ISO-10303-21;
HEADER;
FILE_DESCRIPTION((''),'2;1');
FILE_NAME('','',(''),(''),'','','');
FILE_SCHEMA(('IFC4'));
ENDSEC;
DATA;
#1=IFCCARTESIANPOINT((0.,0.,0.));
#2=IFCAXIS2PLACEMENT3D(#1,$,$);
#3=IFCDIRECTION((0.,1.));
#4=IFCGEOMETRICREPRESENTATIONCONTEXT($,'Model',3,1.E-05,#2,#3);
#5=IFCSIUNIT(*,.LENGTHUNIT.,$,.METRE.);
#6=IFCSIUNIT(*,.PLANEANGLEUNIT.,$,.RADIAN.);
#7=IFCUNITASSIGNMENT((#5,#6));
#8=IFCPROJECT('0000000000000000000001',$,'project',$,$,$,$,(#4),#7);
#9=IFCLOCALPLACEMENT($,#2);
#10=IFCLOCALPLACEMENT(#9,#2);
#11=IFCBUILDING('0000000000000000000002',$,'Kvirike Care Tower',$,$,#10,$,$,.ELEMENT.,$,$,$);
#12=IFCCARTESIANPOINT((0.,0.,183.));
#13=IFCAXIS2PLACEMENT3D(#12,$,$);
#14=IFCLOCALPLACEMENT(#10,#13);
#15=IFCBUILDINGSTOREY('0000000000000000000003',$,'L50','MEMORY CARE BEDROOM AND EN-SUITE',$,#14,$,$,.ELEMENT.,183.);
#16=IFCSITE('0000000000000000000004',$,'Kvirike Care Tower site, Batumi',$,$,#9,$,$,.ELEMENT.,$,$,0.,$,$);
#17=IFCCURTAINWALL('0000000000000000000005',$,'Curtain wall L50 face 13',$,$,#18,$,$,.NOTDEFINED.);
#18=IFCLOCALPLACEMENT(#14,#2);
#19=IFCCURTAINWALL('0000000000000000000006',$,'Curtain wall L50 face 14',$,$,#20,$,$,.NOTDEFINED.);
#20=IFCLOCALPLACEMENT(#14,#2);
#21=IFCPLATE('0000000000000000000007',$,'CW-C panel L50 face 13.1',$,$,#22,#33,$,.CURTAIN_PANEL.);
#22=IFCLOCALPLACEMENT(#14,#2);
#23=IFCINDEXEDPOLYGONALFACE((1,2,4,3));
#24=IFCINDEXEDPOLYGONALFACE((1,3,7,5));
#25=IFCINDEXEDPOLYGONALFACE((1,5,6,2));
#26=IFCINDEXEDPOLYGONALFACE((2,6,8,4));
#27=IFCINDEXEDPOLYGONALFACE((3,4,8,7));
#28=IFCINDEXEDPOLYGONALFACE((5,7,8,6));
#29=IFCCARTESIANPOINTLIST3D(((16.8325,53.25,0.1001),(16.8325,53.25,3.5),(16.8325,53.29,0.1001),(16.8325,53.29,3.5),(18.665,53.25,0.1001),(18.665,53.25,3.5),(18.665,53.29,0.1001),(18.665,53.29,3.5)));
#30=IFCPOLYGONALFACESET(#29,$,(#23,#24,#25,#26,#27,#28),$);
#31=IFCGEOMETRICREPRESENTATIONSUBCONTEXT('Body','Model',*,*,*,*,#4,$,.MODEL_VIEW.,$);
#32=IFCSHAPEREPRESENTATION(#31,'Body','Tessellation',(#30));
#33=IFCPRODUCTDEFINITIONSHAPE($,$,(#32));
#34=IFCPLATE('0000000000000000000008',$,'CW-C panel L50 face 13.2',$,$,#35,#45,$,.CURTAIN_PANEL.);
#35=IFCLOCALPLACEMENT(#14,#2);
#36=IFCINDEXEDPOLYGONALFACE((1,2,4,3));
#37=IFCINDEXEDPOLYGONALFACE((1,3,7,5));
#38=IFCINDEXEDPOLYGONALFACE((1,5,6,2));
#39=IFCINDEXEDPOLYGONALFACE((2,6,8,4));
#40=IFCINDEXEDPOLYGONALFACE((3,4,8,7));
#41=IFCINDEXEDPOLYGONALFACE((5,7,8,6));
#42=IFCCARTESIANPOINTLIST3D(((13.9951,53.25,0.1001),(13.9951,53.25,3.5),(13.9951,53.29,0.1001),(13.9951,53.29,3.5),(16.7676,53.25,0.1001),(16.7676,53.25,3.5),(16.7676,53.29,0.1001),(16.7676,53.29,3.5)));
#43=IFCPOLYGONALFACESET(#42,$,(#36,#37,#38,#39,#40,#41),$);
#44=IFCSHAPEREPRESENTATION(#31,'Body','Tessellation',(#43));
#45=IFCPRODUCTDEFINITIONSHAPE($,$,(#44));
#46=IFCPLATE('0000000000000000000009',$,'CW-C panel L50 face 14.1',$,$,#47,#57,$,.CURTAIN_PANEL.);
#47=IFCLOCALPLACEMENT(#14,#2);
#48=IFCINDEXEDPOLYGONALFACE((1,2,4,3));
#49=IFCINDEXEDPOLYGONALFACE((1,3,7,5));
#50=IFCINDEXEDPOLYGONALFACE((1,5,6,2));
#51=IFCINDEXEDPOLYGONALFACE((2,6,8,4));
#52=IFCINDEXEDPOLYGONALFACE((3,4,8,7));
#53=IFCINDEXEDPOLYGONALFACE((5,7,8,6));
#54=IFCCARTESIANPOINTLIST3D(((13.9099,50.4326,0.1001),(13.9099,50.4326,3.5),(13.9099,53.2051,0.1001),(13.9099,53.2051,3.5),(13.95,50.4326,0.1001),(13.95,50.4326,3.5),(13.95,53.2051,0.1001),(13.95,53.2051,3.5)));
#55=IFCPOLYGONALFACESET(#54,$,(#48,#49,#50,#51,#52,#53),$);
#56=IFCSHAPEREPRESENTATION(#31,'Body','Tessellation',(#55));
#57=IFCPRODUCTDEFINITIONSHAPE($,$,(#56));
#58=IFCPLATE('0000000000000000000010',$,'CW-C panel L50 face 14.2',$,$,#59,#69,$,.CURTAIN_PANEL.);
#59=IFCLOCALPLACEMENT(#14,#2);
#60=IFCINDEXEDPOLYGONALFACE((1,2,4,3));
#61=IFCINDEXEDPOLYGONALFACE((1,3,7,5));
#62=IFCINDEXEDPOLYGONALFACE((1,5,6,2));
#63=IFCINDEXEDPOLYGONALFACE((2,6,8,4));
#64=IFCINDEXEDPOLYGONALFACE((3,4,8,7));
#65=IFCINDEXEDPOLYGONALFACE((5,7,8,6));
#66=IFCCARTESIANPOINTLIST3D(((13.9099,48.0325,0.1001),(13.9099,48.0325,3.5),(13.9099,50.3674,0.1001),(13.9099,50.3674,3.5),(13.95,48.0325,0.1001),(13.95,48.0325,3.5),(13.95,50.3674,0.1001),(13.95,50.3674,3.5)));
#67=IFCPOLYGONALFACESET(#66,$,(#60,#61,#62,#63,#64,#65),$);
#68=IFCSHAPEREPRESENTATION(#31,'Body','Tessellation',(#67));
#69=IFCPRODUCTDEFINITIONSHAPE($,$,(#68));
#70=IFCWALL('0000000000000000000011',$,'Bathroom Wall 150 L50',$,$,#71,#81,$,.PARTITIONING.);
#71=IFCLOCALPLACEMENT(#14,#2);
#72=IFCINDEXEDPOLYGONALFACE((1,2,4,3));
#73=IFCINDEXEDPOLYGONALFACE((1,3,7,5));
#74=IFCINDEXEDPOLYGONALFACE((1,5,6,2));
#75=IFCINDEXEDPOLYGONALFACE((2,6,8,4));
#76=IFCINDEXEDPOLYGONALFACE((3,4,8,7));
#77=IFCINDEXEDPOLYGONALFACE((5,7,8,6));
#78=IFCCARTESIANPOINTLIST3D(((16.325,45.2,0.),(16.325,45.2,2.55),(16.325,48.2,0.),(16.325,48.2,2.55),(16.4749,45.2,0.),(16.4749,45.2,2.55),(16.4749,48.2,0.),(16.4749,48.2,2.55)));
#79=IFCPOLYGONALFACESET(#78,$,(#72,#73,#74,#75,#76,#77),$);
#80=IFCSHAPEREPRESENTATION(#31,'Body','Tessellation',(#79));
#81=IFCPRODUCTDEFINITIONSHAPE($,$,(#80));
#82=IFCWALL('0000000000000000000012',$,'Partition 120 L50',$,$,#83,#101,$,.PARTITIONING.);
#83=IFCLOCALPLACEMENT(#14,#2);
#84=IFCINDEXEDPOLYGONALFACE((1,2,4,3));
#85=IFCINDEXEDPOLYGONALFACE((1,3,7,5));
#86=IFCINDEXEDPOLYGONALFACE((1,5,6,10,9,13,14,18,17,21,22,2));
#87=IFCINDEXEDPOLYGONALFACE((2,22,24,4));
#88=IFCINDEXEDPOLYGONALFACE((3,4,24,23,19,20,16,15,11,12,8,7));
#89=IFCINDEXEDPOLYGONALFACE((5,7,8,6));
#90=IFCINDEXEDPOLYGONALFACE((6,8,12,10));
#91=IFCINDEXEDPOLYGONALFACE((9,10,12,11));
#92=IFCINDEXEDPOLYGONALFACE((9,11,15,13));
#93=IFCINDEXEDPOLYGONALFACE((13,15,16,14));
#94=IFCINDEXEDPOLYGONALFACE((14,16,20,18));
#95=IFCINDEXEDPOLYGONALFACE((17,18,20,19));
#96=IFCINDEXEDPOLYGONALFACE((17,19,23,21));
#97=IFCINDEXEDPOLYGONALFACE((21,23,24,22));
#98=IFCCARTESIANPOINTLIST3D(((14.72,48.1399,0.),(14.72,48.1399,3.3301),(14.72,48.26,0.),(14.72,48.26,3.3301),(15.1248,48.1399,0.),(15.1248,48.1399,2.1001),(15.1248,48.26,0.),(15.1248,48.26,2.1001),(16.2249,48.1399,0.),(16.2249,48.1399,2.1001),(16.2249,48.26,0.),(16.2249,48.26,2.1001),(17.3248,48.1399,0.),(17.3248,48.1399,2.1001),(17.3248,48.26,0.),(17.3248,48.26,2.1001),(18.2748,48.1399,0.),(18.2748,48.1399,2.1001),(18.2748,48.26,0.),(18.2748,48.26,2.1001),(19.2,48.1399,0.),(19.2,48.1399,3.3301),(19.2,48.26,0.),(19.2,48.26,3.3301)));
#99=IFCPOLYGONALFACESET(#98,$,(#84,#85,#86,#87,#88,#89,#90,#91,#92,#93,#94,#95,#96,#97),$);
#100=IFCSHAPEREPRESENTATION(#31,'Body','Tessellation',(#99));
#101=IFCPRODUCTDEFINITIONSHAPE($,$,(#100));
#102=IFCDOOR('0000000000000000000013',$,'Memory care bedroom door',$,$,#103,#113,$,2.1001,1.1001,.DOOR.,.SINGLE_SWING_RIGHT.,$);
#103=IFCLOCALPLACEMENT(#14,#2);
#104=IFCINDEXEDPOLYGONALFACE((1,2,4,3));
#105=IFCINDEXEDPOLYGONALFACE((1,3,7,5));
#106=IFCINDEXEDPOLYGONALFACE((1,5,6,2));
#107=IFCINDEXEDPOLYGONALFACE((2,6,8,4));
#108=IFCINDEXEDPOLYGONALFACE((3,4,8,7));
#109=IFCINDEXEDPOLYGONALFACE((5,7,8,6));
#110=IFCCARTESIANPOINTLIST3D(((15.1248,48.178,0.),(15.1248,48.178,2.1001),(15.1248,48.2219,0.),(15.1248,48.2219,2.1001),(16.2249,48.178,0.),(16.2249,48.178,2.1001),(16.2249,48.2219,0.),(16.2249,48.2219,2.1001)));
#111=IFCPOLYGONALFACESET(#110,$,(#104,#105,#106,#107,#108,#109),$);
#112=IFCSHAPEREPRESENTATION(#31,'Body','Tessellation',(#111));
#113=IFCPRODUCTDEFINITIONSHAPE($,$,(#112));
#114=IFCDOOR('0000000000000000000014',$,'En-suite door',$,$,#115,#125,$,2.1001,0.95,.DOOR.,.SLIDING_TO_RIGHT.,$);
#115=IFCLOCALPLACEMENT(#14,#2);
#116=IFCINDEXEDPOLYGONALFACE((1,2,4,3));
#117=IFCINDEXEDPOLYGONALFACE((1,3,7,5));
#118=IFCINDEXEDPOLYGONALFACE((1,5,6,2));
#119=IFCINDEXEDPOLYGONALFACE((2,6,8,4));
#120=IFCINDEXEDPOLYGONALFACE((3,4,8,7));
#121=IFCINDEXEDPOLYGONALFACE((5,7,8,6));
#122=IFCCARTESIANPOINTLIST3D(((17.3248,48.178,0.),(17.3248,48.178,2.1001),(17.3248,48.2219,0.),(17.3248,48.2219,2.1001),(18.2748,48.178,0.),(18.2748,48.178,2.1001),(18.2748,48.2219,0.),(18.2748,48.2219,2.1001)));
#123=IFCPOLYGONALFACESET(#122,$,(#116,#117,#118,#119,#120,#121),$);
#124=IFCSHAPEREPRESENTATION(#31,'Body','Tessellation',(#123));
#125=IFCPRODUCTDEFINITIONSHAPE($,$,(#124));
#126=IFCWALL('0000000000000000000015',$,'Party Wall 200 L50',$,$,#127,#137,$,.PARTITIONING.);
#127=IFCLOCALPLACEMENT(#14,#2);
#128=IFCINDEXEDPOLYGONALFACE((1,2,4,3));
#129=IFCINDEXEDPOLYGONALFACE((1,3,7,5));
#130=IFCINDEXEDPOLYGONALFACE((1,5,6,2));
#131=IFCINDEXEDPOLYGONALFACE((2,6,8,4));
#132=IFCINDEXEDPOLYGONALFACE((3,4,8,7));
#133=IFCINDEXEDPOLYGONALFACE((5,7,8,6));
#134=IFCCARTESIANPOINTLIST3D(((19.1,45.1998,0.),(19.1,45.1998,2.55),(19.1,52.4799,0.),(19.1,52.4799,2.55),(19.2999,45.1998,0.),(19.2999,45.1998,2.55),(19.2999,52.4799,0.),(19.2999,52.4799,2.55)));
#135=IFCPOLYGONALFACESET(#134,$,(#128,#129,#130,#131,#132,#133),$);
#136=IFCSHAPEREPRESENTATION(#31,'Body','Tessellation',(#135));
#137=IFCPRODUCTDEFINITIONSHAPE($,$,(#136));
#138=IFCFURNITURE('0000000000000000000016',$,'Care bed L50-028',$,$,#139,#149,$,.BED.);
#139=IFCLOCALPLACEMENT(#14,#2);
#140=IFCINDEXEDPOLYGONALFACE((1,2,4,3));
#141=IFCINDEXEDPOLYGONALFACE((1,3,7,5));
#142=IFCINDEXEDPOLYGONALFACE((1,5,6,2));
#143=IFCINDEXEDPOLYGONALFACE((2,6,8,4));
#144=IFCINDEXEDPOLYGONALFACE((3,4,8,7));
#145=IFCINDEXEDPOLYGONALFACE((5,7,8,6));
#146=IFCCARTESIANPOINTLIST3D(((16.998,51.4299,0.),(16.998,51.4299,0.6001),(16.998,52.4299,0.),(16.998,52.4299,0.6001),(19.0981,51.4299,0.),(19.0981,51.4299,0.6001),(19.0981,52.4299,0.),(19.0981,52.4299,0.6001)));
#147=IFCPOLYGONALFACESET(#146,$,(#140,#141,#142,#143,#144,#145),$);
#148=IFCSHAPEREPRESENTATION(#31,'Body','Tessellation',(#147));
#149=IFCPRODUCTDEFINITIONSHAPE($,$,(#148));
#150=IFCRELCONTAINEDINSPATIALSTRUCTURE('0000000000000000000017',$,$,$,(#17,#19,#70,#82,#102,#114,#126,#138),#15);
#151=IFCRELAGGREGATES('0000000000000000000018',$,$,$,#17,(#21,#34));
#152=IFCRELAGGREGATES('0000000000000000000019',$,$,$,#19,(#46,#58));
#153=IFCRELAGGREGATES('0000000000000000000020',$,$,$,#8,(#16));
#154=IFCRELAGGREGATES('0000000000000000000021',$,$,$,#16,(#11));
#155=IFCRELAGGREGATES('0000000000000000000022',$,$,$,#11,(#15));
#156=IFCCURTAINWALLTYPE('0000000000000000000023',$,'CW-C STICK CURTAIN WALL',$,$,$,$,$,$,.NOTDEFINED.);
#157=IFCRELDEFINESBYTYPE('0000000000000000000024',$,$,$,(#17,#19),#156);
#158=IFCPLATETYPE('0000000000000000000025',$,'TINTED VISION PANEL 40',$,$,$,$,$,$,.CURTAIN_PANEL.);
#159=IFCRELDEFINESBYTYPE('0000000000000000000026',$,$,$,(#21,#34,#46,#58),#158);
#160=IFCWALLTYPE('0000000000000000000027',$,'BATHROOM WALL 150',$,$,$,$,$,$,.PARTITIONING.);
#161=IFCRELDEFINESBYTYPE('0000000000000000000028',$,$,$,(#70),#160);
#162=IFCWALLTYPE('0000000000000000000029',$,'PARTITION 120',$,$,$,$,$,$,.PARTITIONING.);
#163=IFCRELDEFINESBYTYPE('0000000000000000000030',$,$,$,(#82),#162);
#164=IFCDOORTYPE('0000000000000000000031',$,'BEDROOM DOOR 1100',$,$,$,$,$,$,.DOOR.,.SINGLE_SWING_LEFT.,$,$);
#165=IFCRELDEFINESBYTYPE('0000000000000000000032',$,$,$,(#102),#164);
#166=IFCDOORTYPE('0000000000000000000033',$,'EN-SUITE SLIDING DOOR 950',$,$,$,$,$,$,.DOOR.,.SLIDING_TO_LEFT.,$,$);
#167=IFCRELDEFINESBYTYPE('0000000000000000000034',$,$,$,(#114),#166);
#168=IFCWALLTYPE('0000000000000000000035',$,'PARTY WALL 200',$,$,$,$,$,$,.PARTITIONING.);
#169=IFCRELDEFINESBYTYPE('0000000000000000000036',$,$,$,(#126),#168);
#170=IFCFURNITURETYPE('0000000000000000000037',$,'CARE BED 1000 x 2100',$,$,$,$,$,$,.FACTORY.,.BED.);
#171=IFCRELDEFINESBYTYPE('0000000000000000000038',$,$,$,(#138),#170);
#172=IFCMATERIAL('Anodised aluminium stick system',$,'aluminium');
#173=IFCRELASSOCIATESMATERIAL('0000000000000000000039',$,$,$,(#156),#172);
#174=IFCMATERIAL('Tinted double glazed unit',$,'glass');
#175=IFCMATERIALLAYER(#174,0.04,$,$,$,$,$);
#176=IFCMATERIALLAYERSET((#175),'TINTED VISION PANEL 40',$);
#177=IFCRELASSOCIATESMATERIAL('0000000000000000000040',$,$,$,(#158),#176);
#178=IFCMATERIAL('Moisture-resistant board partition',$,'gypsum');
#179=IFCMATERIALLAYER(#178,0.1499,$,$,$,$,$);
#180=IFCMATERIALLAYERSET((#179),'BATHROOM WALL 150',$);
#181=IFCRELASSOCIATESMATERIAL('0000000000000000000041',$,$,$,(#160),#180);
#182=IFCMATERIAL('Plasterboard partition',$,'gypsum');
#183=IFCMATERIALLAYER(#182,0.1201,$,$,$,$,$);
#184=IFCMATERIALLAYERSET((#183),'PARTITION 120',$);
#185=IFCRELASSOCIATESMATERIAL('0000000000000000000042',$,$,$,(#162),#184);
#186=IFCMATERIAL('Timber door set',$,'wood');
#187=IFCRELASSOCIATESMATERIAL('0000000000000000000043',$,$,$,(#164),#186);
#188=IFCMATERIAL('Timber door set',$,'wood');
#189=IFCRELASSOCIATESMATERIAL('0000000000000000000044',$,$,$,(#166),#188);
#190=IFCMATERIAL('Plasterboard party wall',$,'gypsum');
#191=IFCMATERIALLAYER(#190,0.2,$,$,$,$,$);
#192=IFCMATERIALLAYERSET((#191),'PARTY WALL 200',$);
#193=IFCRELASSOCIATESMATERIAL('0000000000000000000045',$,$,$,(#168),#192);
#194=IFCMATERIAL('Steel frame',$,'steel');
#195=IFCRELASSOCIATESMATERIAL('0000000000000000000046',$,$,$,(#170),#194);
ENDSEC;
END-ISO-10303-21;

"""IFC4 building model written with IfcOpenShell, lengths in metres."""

from ifc_helpers import new_model, si_unit, direction, frame, frame_2d, origin, origin_2d, place, context, subcontext, project, spatial, rectangle, extrude, material, layer, layer_set, type_object, element, fill, aggregate, save


model = new_model("IFC4")

# Units and contexts
model_context = context("Model", 3, precision=1e-05, world=origin(), true_north=direction((0.0, 1.0)))
body_context = subcontext(model_context, "Body", "Model", "MODEL_VIEW")
ifc_project = project(units=[si_unit("LENGTHUNIT", "METRE"), si_unit("PLANEANGLEUNIT", "RADIAN")], contexts=[model_context])

# Site, building, storey
site_placement = place(None, origin())
site = spatial("IfcSite", under=ifc_project, at=site_placement, Name="Kvirike Care Tower site, Batumi", CompositionType="ELEMENT", RefElevation=0.0)
building_placement = place(site_placement, origin())
building = spatial("IfcBuilding", under=site, at=building_placement, Name="Kvirike Care Tower", CompositionType="ELEMENT")
storey_placement = place(building_placement, frame((0.0, 0.0, 183.0)))
storey = spatial("IfcBuildingStorey", under=building, at=storey_placement, Name="L50", Description="MEMORY CARE BEDROOM AND EN-SUITE", CompositionType="ELEMENT", Elevation=183.0)

# Curtain wall
ifc_material_1 = material(Name="Anodised aluminium stick system", Category="aluminium")
curtain_wall_type = type_object("IfcCurtainWallType", Name="CW-C STICK CURTAIN WALL", PredefinedType="NOTDEFINED", material=ifc_material_1)
curtain_wall_1_placement = place(storey_placement, origin())
curtain_wall_1 = element("IfcCurtainWall", 1, at=curtain_wall_1_placement, inside=storey, type_object=curtain_wall_type, Name="Curtain wall L50 face 13", PredefinedType="NOTDEFINED")

# Curtain wall
curtain_wall_2_placement = place(storey_placement, origin())
curtain_wall_2 = element("IfcCurtainWall", 2, at=curtain_wall_2_placement, inside=storey, type_object=curtain_wall_type, Name="Curtain wall L50 face 14", PredefinedType="NOTDEFINED")

# Plates
ifc_material_2 = material(Name="Tinted double glazed unit", Category="glass")
ifc_layer_1 = layer(ifc_material_2, 0.04)
ifc_layer_set_1 = layer_set([ifc_layer_1], Name="TINTED VISION PANEL 40")
plate_type = type_object("IfcPlateType", Name="TINTED VISION PANEL 40", PredefinedType="CURTAIN_PANEL", material=ifc_layer_set_1)
plate_1_placement = place(storey_placement, frame((17.7488, 53.27, 0.1001), z_axis=(0.0, 0.0, 1.0), x_axis=(-1.0, 0.0, 0.0)))
plate_1 = element("IfcPlate", 3, at=plate_1_placement, type_object=plate_type, Name="CW-C panel L50 face 13.1", PredefinedType="CURTAIN_PANEL", context=body_context, shape_type="SweptSolid", body=[
    extrude(rectangle(XDim=1.8325, YDim=0.04, at=origin_2d()), origin(), (0.0, 0.0, 1.0), 3.3999),
])
plate_2_placement = place(storey_placement, frame((15.3813, 53.27, 0.1001), z_axis=(0.0, 0.0, 1.0), x_axis=(-1.0, 0.0, 0.0)))
plate_2 = element("IfcPlate", 4, at=plate_2_placement, type_object=plate_type, Name="CW-C panel L50 face 13.2", PredefinedType="CURTAIN_PANEL", context=body_context, shape_type="SweptSolid", body=[
    extrude(rectangle(XDim=2.7725, YDim=0.04, at=origin_2d()), origin(), (0.0, 0.0, 1.0), 3.3999),
])
aggregate(curtain_wall_1, [plate_1, plate_2])
plate_3_placement = place(storey_placement, frame((13.9299, 51.8188, 0.1001), z_axis=(0.0, 0.0, 1.0), x_axis=(0.0, -1.0, 0.0)))
plate_3 = element("IfcPlate", 5, at=plate_3_placement, type_object=plate_type, Name="CW-C panel L50 face 14.1", PredefinedType="CURTAIN_PANEL", context=body_context, shape_type="SweptSolid", body=[
    extrude(rectangle(XDim=2.7725, YDim=0.04, at=origin_2d()), origin(), (0.0, 0.0, 1.0), 3.3999),
])
plate_4_placement = place(storey_placement, frame((13.9299, 49.2, 0.1001), z_axis=(0.0, 0.0, 1.0), x_axis=(0.0, -1.0, 0.0)))
plate_4 = element("IfcPlate", 6, at=plate_4_placement, type_object=plate_type, Name="CW-C panel L50 face 14.2", PredefinedType="CURTAIN_PANEL", context=body_context, shape_type="SweptSolid", body=[
    extrude(rectangle(XDim=2.335, YDim=0.04, at=origin_2d()), origin(), (0.0, 0.0, 1.0), 3.3999),
])
aggregate(curtain_wall_2, [plate_3, plate_4])

# Wall
ifc_material_3 = material(Name="Moisture-resistant board partition", Category="gypsum")
ifc_layer_2 = layer(ifc_material_3, 0.1499)
ifc_layer_set_2 = layer_set([ifc_layer_2], Name="BATHROOM WALL 150")
wall_type_1 = type_object("IfcWallType", Name="BATHROOM WALL 150", PredefinedType="PARTITIONING", material=ifc_layer_set_2)
wall_1_placement = place(storey_placement, frame((16.3999, 48.2, 0.0), z_axis=(0.0, 0.0, 1.0), x_axis=(0.0, -1.0, 0.0)))
element("IfcWall", 7, at=wall_1_placement, inside=storey, type_object=wall_type_1, Name="Bathroom Wall 150 L50", PredefinedType="PARTITIONING", context=body_context, shape_type="SweptSolid", body=[
    extrude(rectangle(XDim=3.0, YDim=0.1499, at=frame_2d((1.5, 0.0))), origin(), (0.0, 0.0, 1.0), 2.55),
])

# Wall, openings, doors
ifc_material_4 = material(Name="Plasterboard partition", Category="gypsum")
ifc_layer_3 = layer(ifc_material_4, 0.1201)
ifc_layer_set_3 = layer_set([ifc_layer_3], Name="PARTITION 120")
wall_type_2 = type_object("IfcWallType", Name="PARTITION 120", PredefinedType="PARTITIONING", material=ifc_layer_set_3)
wall_2_placement = place(storey_placement, frame((19.2, 48.2, 0.0), z_axis=(0.0, 0.0, 1.0), x_axis=(-1.0, 0.0, 0.0)))
wall_2 = element("IfcWall", 8, at=wall_2_placement, inside=storey, type_object=wall_type_2, Name="Partition 120 L50", PredefinedType="PARTITIONING", context=body_context, shape_type="SweptSolid", body=[
    extrude(rectangle(XDim=4.48, YDim=0.1201, at=frame_2d((2.24, 0.0))), origin(), (0.0, 0.0, 1.0), 3.3301),
])
opening_1_placement = place(wall_2_placement, frame((2.9751, 0.0, 0.0)))
opening_1 = element("IfcOpeningElement", 9, at=opening_1_placement, cuts=wall_2, PredefinedType="OPENING", context=body_context, shape_type="SweptSolid", body=[
    extrude(rectangle(XDim=1.1001, YDim=2.1001, at=frame_2d((0.55, 1.05))), frame((0.0, 0.0706, 0.0), z_axis=(0.0, -1.0, 0.0), x_axis=(1.0, 0.0, 0.0)), (0.0, 0.0, 1.0), 0.1411),
])
opening_2_placement = place(wall_2_placement, frame((0.925, 0.0, 0.0)))
opening_2 = element("IfcOpeningElement", 10, at=opening_2_placement, cuts=wall_2, PredefinedType="OPENING", context=body_context, shape_type="SweptSolid", body=[
    extrude(rectangle(XDim=0.95, YDim=2.1001, at=frame_2d((0.4751, 1.05))), frame((0.0, 0.0706, 0.0), z_axis=(0.0, -1.0, 0.0), x_axis=(1.0, 0.0, 0.0)), (0.0, 0.0, 1.0), 0.1411),
])
ifc_material_5 = material(Name="Timber door set", Category="wood")
door_type_1 = type_object("IfcDoorType", Name="BEDROOM DOOR 1100", OperationType="SINGLE_SWING_LEFT", PredefinedType="DOOR", material=ifc_material_5)
door_1_placement = place(opening_1_placement, origin())
door_1 = element("IfcDoor", 11, at=door_1_placement, inside=storey, type_object=door_type_1, Name="Memory care bedroom door", OperationType="SINGLE_SWING_RIGHT", OverallHeight=2.1001, OverallWidth=1.1001, PredefinedType="DOOR", context=body_context, shape_type="SweptSolid", body=[
    extrude(rectangle(XDim=1.1001, YDim=2.1001, at=frame_2d((0.55, 1.05))), frame((0.0, 0.022, 0.0), z_axis=(0.0, -1.0, 0.0), x_axis=(1.0, 0.0, 0.0)), (0.0, 0.0, 1.0), 0.0439),
])
fill(opening_1, door_1)
ifc_material_6 = material(Name="Timber door set", Category="wood")
door_type_2 = type_object("IfcDoorType", Name="EN-SUITE SLIDING DOOR 950", OperationType="SLIDING_TO_LEFT", PredefinedType="DOOR", material=ifc_material_6)
door_2_placement = place(opening_2_placement, origin())
door_2 = element("IfcDoor", 12, at=door_2_placement, inside=storey, type_object=door_type_2, Name="En-suite door", OperationType="SLIDING_TO_RIGHT", OverallHeight=2.1001, OverallWidth=0.95, PredefinedType="DOOR", context=body_context, shape_type="SweptSolid", body=[
    extrude(rectangle(XDim=0.95, YDim=2.1001, at=frame_2d((0.4751, 1.05))), frame((0.0, 0.022, 0.0), z_axis=(0.0, -1.0, 0.0), x_axis=(1.0, 0.0, 0.0)), (0.0, 0.0, 1.0), 0.0439),
])
fill(opening_2, door_2)

# Wall
ifc_material_7 = material(Name="Plasterboard party wall", Category="gypsum")
ifc_layer_4 = layer(ifc_material_7, 0.2)
ifc_layer_set_4 = layer_set([ifc_layer_4], Name="PARTY WALL 200")
wall_type_3 = type_object("IfcWallType", Name="PARTY WALL 200", PredefinedType="PARTITIONING", material=ifc_layer_set_4)
wall_3_placement = place(storey_placement, frame((19.2, 52.48, 0.0), z_axis=(0.0, 0.0, 1.0), x_axis=(0.0, -1.0, 0.0)))
element("IfcWall", 13, at=wall_3_placement, inside=storey, type_object=wall_type_3, Name="Party Wall 200 L50", PredefinedType="PARTITIONING", context=body_context, shape_type="SweptSolid", body=[
    extrude(rectangle(XDim=7.28, YDim=0.2, at=frame_2d((3.6401, 0.0))), origin(), (0.0, 0.0, 1.0), 2.55),
])

# Furniture
ifc_material_8 = material(Name="Steel frame", Category="steel")
furniture_type = type_object("IfcFurnitureType", Name="CARE BED 1000 x 2100", AssemblyPlace="FACTORY", PredefinedType="BED", material=ifc_material_8)
furniture_placement = place(storey_placement, frame((18.0481, 51.9299, 0.0), z_axis=(0.0, 0.0, 1.0), x_axis=(0.0, -1.0, 0.0)))
element("IfcFurniture", 14, at=furniture_placement, inside=storey, type_object=furniture_type, Name="Care bed L50-028", PredefinedType="BED", context=body_context, shape_type="SweptSolid", body=[
    extrude(rectangle(XDim=1.0, YDim=2.1001, at=origin_2d()), origin(), (0.0, 0.0, 1.0), 0.6001),
])

save(model, "model.ifc")
